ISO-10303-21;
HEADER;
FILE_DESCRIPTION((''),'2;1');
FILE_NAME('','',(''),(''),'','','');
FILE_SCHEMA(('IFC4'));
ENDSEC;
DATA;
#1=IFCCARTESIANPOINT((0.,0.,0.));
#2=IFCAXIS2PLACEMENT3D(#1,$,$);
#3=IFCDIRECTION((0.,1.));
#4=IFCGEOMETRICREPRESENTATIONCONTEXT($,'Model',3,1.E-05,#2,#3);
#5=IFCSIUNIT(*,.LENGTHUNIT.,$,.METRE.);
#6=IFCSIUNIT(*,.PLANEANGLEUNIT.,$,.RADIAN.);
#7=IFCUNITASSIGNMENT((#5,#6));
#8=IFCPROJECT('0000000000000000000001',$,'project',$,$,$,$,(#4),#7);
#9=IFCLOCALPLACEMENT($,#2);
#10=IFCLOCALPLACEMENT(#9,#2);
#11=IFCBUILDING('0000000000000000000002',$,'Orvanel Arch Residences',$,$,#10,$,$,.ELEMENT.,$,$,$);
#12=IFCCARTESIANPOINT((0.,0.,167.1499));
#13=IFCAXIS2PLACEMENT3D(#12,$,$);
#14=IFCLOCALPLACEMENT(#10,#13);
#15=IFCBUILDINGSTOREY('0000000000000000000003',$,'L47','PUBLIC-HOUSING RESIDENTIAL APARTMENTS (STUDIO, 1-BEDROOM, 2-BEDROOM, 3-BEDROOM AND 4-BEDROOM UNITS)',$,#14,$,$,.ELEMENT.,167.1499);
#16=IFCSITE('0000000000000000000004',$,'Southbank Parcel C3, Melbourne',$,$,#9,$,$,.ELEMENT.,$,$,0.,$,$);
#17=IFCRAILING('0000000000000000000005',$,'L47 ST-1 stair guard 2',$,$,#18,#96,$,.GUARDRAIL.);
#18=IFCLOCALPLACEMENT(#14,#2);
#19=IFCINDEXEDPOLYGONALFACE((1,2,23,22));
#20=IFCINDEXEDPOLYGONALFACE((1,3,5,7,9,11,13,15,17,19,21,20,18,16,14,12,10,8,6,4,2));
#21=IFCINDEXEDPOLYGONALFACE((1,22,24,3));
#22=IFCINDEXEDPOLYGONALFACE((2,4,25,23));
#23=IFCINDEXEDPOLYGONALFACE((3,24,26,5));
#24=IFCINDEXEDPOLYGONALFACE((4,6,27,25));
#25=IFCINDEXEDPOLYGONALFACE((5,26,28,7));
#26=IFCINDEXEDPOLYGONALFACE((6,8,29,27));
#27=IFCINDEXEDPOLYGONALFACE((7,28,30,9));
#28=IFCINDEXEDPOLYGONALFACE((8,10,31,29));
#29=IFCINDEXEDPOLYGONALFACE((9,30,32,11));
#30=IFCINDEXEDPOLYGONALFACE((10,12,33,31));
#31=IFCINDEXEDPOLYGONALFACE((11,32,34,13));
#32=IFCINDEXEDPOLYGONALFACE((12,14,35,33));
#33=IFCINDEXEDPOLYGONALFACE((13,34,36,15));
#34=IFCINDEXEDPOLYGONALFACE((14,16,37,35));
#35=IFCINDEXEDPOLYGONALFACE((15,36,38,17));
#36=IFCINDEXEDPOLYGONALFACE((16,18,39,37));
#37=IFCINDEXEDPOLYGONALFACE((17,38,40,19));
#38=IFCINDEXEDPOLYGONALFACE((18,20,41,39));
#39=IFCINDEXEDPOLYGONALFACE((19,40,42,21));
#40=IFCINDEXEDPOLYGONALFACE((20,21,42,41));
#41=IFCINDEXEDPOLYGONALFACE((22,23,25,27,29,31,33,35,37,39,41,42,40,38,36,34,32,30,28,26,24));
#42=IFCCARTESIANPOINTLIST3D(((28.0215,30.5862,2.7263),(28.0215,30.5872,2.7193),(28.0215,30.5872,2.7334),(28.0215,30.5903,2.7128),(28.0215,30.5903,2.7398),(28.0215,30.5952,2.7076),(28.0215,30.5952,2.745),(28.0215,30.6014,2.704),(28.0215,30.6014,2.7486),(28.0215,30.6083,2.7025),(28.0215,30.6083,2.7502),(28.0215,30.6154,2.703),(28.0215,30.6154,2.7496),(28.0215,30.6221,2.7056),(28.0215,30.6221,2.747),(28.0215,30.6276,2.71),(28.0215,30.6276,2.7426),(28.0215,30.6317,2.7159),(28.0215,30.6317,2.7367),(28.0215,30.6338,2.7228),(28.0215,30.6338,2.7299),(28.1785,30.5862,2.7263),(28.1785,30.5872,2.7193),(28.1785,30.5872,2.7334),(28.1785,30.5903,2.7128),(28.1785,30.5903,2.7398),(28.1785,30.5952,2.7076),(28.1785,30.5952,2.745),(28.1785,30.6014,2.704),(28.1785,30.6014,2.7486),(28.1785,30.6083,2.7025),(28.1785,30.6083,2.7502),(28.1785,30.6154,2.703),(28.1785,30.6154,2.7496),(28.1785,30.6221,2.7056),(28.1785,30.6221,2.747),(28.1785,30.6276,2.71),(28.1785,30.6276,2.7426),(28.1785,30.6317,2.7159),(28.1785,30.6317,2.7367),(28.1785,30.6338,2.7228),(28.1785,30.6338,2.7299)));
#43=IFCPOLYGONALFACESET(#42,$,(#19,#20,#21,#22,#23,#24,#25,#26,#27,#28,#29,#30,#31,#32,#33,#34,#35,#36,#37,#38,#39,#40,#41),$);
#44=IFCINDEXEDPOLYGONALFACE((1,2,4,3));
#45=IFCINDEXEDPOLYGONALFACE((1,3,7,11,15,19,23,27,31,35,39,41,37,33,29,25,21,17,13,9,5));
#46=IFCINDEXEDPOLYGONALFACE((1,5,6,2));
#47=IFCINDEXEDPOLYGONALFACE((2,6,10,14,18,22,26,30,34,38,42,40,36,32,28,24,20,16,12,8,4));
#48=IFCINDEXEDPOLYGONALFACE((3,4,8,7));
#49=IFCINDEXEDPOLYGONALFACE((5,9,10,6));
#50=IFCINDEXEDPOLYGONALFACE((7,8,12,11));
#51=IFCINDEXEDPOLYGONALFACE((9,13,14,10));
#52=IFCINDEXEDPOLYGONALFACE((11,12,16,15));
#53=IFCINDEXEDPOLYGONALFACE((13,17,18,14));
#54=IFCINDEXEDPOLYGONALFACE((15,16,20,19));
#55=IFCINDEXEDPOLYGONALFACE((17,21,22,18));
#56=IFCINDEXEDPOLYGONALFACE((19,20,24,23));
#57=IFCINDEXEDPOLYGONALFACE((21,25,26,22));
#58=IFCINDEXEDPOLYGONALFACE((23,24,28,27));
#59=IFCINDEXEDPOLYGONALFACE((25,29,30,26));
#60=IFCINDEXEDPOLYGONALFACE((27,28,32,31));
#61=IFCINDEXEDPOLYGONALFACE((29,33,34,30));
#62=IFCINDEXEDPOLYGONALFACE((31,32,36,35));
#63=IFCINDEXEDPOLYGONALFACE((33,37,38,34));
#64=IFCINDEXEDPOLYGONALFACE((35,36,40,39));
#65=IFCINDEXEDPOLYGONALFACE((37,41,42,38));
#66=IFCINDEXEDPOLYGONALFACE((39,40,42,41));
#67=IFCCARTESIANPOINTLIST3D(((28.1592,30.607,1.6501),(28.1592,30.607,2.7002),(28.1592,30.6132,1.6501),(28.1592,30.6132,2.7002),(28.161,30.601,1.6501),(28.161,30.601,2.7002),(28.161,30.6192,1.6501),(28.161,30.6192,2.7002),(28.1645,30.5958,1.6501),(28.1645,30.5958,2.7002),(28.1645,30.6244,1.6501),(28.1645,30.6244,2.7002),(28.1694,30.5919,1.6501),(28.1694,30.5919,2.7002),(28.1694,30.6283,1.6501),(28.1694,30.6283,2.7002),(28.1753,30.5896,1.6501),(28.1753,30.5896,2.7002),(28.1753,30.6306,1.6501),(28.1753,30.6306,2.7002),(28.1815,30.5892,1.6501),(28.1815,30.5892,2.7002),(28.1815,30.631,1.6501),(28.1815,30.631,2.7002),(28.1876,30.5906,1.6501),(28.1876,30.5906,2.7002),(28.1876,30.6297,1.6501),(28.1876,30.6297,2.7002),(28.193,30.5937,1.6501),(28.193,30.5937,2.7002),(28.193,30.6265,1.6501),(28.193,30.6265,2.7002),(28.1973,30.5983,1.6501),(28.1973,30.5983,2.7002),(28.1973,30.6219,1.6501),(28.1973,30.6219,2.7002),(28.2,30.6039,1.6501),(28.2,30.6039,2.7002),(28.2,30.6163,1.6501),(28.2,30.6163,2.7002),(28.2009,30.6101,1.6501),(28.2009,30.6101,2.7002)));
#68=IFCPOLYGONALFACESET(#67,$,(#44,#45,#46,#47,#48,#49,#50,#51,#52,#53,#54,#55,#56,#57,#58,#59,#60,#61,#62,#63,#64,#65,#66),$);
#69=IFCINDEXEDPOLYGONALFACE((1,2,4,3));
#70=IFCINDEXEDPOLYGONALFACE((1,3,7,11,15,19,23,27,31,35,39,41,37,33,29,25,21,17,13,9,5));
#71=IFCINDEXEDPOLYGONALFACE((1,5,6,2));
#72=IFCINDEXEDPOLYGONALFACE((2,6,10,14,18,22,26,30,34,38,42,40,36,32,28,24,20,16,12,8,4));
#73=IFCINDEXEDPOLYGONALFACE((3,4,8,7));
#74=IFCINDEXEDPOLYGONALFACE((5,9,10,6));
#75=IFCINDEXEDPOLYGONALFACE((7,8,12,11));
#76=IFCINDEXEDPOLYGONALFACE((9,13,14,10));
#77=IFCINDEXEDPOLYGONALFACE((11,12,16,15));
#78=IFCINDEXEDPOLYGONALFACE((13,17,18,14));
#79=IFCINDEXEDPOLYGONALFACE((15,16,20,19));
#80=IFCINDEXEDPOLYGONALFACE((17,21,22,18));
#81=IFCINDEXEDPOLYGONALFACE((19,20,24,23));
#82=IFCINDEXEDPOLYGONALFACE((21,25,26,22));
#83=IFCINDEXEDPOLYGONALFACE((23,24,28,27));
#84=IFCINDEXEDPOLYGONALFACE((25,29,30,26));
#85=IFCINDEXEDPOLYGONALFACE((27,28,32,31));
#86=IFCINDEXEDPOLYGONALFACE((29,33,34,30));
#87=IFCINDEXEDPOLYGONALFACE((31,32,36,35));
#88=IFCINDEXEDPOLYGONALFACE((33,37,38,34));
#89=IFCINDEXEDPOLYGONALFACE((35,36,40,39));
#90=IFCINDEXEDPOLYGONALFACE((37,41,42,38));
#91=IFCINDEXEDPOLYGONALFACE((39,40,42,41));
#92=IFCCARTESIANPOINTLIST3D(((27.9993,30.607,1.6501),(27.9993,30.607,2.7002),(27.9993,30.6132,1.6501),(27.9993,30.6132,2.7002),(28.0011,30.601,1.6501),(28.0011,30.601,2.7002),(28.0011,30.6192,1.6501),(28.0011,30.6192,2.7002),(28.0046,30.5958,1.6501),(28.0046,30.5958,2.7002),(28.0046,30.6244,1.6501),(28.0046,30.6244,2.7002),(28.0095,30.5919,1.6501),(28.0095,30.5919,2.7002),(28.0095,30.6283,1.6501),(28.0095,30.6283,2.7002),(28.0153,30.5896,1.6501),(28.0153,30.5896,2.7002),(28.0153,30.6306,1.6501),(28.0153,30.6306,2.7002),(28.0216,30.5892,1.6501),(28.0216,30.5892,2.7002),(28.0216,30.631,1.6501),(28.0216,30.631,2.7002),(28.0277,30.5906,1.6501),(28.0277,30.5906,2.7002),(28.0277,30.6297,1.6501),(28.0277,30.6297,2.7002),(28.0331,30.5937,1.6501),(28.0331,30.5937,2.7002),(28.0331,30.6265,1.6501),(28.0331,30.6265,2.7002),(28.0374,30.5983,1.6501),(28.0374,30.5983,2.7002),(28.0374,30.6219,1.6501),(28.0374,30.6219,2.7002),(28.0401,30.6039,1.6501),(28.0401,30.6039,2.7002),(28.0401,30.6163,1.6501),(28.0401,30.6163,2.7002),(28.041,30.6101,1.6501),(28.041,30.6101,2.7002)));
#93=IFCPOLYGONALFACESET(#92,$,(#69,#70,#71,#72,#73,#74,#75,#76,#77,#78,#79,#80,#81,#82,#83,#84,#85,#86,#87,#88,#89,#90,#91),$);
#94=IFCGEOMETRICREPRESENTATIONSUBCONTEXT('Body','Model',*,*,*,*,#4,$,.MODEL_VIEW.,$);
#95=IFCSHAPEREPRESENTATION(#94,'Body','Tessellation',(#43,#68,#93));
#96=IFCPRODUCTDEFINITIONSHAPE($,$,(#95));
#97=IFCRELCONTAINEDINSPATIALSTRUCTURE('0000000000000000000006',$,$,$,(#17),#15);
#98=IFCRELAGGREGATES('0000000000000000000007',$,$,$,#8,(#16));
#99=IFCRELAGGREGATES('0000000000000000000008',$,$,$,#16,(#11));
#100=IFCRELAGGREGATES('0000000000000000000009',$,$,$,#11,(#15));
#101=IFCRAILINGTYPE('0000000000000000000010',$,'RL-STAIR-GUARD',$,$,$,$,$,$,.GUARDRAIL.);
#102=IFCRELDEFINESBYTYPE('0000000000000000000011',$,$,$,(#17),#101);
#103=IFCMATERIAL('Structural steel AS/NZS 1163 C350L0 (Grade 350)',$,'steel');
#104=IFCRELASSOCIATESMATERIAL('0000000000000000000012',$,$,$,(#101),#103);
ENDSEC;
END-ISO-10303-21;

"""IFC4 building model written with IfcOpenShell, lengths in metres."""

from ifc_helpers import new_model, si_unit, direction, frame, origin, origin_2d, place, context, subcontext, project, spatial, circle, extrude, material, type_object, element, save


model = new_model("IFC4")

# Units and contexts
model_context = context("Model", 3, precision=1e-05, world=origin(), true_north=direction((0.0, 1.0)))
body_context = subcontext(model_context, "Body", "Model", "MODEL_VIEW")
ifc_project = project(units=[si_unit("LENGTHUNIT", "METRE"), si_unit("PLANEANGLEUNIT", "RADIAN")], contexts=[model_context])

# Site, building, storey
site_placement = place(None, origin())
site = spatial("IfcSite", under=ifc_project, at=site_placement, Name="Southbank Parcel C3, Melbourne", CompositionType="ELEMENT", RefElevation=0.0)
building_placement = place(site_placement, origin())
building = spatial("IfcBuilding", under=site, at=building_placement, Name="Orvanel Arch Residences", CompositionType="ELEMENT")
storey_placement = place(building_placement, frame((0.0, 0.0, 167.1499)))
storey = spatial("IfcBuildingStorey", under=building, at=storey_placement, Name="L47", Description="PUBLIC-HOUSING RESIDENTIAL APARTMENTS (STUDIO, 1-BEDROOM, 2-BEDROOM, 3-BEDROOM AND 4-BEDROOM UNITS)", CompositionType="ELEMENT", Elevation=167.1499)

# Railing
ifc_material_1 = material(Name="Structural steel AS/NZS 1163 C350L0 (Grade 350)", Category="steel")
railing_type_1 = type_object("IfcRailingType", Name="RL-STAIR-GUARD", PredefinedType="GUARDRAIL", material=ifc_material_1)
railing_1_placement = place(storey_placement, frame((28.1799, 30.6101, 1.6501)))
element("IfcRailing", 1, at=railing_1_placement, inside=storey, type_object=railing_type_1, Name="L47 ST-1 stair guard 2", PredefinedType="GUARDRAIL", context=body_context, shape_type="SweptSolid", body=[
    extrude(circle(Radius=0.0239, at=origin_2d()), frame((-0.0015, 0.0, 1.0762), z_axis=(-1.0, 0.0, 0.0), x_axis=(0.0, -1.0, 0.0)), (0.0, 0.0, 1.0), 0.157),
    extrude(circle(Radius=0.021, at=origin_2d()), origin(), (0.0, 0.0, 1.0), 1.05),
    extrude(circle(Radius=0.021, at=origin_2d()), frame((-0.1599, 0.0, 0.0)), (0.0, 0.0, 1.0), 1.05),
])

save(model, "model.ifc")
